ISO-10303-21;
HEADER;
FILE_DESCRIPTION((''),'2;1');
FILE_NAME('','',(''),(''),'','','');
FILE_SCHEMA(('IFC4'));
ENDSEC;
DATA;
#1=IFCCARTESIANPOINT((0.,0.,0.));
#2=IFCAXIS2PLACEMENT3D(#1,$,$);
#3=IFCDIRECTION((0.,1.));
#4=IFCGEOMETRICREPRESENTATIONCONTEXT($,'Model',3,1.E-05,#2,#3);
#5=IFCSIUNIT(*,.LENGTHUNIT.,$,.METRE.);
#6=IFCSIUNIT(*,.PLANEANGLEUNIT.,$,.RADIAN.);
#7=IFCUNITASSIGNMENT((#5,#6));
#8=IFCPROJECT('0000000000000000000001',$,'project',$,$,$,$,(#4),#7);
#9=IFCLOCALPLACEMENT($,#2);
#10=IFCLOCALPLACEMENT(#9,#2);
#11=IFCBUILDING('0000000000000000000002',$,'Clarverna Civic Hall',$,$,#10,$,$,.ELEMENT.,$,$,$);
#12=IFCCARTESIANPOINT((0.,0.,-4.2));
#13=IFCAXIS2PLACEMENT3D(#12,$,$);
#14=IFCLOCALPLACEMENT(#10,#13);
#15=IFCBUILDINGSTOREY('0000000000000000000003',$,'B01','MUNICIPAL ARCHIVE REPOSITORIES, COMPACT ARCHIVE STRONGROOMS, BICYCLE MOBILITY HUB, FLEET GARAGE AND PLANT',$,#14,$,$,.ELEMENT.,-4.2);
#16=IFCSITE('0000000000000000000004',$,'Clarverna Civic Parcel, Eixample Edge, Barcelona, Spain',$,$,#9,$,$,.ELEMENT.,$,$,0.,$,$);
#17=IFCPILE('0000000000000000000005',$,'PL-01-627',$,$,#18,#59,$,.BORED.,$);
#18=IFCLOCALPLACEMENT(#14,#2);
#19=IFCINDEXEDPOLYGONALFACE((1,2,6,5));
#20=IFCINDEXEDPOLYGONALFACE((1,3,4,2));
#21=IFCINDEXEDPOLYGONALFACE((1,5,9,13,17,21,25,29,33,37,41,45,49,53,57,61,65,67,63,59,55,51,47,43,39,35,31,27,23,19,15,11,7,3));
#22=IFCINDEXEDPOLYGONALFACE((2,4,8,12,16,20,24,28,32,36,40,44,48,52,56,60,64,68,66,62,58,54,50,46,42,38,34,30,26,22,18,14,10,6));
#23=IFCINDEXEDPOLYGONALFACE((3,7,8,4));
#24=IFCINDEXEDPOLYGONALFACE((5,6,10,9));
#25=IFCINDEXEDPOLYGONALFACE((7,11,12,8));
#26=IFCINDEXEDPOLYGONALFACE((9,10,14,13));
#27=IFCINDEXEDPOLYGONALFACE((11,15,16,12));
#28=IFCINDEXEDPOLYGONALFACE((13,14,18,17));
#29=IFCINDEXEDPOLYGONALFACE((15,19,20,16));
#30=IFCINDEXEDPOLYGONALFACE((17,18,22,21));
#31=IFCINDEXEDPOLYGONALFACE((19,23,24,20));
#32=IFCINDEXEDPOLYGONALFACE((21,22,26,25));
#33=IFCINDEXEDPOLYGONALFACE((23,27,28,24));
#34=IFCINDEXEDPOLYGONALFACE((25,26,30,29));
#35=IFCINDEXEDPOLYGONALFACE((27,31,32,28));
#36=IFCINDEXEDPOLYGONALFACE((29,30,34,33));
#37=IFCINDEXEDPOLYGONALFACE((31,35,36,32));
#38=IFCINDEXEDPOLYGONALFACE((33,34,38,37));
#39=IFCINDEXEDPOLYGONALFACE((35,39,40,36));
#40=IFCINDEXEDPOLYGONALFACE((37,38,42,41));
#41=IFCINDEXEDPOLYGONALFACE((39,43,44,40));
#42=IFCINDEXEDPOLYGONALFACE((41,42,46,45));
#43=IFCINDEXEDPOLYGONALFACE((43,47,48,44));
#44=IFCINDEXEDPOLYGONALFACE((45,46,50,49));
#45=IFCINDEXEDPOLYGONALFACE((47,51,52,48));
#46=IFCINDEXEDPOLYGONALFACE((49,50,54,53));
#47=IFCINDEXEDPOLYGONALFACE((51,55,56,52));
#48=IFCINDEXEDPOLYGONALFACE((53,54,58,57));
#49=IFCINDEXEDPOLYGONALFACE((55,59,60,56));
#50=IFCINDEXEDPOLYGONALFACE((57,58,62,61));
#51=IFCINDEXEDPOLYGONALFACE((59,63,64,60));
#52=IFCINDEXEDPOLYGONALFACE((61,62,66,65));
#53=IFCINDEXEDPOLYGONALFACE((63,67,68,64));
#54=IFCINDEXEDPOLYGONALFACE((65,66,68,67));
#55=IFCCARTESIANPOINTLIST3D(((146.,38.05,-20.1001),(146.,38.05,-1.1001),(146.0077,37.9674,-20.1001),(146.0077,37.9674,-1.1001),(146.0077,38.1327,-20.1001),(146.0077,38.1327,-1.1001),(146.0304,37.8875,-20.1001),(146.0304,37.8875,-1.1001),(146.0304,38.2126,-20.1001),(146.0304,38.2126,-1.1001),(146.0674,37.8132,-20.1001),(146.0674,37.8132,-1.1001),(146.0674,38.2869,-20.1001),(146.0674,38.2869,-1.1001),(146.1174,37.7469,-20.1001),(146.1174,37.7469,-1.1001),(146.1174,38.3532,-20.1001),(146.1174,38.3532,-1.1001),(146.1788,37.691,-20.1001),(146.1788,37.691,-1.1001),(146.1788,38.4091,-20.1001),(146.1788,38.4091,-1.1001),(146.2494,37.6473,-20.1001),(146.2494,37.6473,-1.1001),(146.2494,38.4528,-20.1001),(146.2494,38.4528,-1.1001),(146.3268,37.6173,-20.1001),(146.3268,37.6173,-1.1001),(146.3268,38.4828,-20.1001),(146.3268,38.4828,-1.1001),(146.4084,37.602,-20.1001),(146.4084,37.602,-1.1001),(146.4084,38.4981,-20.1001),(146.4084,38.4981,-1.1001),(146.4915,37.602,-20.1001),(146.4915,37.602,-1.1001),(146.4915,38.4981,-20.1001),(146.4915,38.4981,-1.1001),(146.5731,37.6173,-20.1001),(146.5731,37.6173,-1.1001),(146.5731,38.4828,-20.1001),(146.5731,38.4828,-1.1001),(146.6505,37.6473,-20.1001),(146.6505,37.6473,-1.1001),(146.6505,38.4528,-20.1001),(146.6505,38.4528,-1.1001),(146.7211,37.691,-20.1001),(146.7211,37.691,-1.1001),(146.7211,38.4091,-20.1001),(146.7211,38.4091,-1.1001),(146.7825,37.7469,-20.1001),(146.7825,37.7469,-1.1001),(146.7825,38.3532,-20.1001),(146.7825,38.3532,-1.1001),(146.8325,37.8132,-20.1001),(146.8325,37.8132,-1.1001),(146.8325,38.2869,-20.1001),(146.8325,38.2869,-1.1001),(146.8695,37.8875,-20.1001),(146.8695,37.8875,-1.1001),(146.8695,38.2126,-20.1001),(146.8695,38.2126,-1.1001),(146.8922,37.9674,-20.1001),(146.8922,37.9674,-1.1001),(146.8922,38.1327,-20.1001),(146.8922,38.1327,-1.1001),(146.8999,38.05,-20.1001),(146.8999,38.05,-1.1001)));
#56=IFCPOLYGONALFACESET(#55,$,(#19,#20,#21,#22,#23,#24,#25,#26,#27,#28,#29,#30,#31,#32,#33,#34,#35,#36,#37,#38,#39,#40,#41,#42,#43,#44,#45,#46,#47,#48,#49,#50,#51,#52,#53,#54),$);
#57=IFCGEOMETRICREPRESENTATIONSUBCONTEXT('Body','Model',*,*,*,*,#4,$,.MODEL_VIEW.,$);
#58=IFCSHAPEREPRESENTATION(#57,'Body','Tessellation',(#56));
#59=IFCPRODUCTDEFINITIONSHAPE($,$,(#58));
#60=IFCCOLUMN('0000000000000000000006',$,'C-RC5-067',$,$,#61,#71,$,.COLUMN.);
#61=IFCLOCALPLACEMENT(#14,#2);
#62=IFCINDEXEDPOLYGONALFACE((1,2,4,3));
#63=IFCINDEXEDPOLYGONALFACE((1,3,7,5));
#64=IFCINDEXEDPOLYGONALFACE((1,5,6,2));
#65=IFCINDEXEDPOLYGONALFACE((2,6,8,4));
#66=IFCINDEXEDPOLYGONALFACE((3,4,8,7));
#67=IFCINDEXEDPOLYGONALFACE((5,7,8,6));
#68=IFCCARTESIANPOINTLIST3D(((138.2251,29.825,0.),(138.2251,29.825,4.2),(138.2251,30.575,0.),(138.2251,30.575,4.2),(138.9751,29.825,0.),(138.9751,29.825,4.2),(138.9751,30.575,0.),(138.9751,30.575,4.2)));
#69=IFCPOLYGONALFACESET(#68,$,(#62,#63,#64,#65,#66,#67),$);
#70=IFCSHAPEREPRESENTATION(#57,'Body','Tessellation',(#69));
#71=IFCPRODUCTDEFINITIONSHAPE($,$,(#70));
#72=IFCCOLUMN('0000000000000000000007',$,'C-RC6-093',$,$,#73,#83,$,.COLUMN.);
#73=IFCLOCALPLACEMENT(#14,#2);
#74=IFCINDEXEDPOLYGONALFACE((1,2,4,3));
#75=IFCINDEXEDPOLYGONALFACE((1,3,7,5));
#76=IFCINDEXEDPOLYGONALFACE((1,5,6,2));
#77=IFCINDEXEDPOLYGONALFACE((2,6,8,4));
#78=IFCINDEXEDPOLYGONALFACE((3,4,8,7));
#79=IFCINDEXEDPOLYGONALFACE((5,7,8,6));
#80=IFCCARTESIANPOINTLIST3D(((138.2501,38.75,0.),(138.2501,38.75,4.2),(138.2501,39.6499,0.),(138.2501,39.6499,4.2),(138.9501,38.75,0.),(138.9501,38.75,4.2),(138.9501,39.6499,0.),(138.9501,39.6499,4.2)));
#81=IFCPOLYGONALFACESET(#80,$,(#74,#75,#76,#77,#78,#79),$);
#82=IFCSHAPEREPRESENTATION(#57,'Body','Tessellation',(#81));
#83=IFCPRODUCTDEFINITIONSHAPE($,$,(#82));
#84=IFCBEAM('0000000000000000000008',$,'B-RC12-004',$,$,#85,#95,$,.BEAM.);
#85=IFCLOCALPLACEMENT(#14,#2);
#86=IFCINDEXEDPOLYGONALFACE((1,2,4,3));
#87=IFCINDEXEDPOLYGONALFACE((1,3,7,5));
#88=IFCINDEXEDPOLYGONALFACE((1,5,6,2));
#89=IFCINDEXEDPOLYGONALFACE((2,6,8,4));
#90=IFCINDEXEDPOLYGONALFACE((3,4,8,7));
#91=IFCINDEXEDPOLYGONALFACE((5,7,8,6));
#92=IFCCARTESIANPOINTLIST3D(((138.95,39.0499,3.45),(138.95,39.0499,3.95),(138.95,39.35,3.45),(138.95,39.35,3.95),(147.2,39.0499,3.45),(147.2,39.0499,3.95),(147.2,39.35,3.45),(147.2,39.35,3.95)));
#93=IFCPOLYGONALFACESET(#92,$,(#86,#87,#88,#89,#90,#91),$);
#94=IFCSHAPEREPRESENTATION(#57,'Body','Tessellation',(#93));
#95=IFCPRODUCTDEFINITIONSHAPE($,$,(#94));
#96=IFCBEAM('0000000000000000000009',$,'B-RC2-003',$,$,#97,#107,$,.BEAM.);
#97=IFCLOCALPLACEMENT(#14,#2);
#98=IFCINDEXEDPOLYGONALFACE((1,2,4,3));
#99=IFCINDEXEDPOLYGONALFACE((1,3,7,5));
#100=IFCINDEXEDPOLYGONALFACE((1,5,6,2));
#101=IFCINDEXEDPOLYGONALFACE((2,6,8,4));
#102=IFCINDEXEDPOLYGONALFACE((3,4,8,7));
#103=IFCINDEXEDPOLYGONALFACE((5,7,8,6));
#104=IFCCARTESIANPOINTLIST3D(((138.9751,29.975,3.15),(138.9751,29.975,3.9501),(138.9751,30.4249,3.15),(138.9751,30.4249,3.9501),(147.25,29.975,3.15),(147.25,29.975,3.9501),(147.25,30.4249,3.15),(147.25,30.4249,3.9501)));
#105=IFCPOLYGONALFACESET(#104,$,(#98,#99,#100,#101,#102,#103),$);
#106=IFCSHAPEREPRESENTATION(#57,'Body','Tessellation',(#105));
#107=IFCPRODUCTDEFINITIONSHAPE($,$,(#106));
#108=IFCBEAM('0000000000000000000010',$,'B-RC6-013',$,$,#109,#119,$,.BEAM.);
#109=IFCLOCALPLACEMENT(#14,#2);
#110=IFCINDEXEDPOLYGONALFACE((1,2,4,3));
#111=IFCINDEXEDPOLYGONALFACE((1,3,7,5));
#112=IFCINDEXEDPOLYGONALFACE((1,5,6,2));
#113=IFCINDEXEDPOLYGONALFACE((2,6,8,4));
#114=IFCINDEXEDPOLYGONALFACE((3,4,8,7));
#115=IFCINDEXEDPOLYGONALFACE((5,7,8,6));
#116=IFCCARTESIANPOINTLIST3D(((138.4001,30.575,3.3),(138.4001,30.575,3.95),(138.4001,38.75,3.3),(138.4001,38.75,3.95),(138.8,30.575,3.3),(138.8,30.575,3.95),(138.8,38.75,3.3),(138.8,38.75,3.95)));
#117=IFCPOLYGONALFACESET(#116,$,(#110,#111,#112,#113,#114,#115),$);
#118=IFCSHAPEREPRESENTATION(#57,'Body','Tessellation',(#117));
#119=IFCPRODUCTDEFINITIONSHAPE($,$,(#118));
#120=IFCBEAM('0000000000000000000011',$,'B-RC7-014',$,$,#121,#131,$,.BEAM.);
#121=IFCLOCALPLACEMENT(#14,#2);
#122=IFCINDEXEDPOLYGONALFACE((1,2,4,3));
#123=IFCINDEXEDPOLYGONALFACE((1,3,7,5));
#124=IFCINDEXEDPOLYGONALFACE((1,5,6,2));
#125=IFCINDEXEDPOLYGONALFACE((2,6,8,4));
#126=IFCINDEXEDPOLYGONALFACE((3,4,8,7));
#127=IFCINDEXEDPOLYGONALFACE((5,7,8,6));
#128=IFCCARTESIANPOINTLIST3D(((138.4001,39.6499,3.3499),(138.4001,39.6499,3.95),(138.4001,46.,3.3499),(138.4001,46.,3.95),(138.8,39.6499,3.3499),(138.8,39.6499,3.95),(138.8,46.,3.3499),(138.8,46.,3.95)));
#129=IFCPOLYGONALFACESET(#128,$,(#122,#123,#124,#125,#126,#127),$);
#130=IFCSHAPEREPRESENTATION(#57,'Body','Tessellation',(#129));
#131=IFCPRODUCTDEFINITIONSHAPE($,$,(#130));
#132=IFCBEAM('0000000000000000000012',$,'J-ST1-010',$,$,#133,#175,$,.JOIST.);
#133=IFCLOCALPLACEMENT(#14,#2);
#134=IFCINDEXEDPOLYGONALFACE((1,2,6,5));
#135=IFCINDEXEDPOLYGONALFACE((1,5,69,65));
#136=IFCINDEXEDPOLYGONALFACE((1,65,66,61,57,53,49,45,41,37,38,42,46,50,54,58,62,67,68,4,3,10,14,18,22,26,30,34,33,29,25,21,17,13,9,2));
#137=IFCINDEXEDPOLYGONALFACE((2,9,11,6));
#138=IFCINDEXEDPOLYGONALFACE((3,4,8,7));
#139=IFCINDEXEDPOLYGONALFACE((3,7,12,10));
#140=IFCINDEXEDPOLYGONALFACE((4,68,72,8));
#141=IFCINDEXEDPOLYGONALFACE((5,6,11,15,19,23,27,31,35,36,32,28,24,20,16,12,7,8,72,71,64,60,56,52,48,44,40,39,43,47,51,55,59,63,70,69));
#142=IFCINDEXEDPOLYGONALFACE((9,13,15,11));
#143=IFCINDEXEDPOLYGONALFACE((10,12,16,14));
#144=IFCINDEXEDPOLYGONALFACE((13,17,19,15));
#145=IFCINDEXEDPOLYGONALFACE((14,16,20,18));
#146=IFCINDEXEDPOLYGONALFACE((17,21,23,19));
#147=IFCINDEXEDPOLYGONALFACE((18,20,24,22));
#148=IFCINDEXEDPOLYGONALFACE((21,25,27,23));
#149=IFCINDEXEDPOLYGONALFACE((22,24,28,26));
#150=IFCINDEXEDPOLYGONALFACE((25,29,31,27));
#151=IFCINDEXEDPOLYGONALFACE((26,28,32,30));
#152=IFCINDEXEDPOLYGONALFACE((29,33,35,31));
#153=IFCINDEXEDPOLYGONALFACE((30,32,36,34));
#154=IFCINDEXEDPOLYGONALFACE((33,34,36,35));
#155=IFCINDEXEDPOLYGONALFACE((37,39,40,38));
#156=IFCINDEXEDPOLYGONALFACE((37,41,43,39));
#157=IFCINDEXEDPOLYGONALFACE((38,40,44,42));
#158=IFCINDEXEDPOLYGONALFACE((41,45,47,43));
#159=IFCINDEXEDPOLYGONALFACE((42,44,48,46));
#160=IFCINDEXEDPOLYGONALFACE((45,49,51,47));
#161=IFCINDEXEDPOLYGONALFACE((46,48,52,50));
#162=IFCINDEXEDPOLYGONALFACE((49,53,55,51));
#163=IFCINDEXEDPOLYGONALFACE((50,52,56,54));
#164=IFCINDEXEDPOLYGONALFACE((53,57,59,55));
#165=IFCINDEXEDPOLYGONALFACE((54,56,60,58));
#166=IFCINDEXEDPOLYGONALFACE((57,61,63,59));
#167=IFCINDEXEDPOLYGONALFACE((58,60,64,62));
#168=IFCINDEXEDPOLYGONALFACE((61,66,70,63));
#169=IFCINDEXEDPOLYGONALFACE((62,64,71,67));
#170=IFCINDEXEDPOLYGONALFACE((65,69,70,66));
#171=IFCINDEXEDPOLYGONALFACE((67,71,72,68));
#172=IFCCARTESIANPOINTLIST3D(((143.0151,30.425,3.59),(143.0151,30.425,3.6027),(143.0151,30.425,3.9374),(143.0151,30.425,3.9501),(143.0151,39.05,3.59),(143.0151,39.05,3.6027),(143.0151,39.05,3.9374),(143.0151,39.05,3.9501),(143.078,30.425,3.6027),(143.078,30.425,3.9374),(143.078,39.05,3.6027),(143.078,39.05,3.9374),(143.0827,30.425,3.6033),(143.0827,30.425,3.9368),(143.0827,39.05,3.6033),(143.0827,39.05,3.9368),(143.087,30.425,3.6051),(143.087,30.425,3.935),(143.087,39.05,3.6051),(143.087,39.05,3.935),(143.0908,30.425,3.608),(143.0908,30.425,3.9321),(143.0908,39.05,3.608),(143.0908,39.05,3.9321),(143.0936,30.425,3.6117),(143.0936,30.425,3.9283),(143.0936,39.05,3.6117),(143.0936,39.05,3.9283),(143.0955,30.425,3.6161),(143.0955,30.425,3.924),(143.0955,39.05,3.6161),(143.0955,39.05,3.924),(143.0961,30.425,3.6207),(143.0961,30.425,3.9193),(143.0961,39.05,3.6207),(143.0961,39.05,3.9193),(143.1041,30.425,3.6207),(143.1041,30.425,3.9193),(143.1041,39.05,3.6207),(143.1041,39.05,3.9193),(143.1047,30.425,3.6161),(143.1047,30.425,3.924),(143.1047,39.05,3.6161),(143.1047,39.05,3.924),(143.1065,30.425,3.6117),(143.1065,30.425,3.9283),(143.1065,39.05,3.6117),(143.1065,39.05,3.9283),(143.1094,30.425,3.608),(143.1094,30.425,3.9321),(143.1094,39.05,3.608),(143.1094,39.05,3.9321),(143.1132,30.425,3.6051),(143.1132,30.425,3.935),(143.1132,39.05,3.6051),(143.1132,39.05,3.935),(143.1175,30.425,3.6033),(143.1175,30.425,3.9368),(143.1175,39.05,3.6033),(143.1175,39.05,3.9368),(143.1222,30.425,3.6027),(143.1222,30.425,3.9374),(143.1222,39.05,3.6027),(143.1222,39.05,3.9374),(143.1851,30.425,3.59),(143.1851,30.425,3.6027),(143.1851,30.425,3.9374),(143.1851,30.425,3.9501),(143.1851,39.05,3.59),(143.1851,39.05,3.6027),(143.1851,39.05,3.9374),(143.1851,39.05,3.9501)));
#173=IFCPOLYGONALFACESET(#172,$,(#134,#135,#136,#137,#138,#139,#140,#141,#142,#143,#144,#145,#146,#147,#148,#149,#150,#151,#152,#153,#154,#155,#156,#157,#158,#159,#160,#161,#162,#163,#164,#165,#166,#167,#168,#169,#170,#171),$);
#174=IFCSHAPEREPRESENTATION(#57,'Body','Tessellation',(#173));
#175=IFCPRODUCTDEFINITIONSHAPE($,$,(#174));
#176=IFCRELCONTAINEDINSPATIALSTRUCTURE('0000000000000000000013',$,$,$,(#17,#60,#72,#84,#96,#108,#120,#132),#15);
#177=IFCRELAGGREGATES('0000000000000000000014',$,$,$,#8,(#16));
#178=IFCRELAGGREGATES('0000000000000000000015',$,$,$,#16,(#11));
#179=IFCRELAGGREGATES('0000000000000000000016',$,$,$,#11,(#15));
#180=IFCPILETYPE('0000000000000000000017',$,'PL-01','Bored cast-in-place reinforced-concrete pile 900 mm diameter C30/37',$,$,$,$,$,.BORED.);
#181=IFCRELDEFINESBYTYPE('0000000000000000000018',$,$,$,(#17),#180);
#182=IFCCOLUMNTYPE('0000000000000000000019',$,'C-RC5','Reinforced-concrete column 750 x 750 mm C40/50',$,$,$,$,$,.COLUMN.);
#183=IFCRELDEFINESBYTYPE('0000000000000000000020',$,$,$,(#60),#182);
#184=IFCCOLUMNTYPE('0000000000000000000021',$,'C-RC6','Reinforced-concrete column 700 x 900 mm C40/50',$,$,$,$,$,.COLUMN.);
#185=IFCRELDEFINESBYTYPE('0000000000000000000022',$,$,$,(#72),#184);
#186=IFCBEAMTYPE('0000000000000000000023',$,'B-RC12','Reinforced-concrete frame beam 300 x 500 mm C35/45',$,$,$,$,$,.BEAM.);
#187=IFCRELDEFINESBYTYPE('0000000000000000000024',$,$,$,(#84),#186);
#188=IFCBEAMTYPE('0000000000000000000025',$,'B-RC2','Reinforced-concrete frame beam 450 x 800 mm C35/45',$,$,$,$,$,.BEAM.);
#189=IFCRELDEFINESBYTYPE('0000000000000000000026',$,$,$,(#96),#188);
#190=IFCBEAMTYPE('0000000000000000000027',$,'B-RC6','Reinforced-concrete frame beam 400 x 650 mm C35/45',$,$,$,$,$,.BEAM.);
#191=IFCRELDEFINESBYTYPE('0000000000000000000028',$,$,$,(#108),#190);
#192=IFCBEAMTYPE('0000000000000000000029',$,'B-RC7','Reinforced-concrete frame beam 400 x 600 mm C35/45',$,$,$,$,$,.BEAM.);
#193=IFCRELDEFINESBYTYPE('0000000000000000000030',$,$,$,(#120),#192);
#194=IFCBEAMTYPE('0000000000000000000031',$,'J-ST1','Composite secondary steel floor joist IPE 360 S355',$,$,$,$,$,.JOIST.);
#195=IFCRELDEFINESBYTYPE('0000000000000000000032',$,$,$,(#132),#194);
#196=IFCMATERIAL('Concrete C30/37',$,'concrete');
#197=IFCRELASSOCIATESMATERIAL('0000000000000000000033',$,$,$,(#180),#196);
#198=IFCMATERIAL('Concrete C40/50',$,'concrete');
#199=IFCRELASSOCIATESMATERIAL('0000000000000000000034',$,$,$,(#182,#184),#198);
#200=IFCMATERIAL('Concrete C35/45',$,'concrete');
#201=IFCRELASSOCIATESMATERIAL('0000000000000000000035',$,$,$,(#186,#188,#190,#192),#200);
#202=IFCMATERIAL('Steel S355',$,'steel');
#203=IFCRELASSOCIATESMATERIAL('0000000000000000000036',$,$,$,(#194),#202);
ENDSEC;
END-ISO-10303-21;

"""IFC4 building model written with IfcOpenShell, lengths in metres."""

from ifc_helpers import new_model, si_unit, direction, frame, origin, origin_2d, place, context, subcontext, project, spatial, rectangle, circle, i_section, extrude, material, material_profile, profile_set, type_object, element, save


model = new_model("IFC4")

# Units and contexts
model_context = context("Model", 3, precision=1e-05, world=origin(), true_north=direction((0.0, 1.0)))
body_context = subcontext(model_context, "Body", "Model", "MODEL_VIEW")
ifc_project = project(units=[si_unit("LENGTHUNIT", "METRE"), si_unit("PLANEANGLEUNIT", "RADIAN")], contexts=[model_context])

# Site, building, storey
site_placement = place(None, origin())
site = spatial("IfcSite", under=ifc_project, at=site_placement, Name="Clarverna Civic Parcel, Eixample Edge, Barcelona, Spain", CompositionType="ELEMENT", RefElevation=0.0)
building_placement = place(site_placement, origin())
building = spatial("IfcBuilding", under=site, at=building_placement, Name="Clarverna Civic Hall", CompositionType="ELEMENT")
storey_placement = place(building_placement, frame((0.0, 0.0, -4.2)))
storey = spatial("IfcBuildingStorey", under=building, at=storey_placement, Name="B01", Description="MUNICIPAL ARCHIVE REPOSITORIES, COMPACT ARCHIVE STRONGROOMS, BICYCLE MOBILITY HUB, FLEET GARAGE AND PLANT", CompositionType="ELEMENT", Elevation=-4.2)

# Shared definitions
ifc_material_1 = material(Name="Concrete C30/37", Category="concrete")

# Pile
ifc_material_profile_1 = material_profile(ifc_material_1, circle(Radius=0.45, at=origin_2d()), Name="BORED PILE D900")
ifc_profile_set_1 = profile_set([ifc_material_profile_1], Name="Concrete C30/37")
pile_type = type_object("IfcPileType", Name="PL-01", Description="Bored cast-in-place reinforced-concrete pile 900 mm diameter C30/37", PredefinedType="BORED", material=ifc_profile_set_1)
for number, where, z_axis, x_axis, name in (
    (1, (146.45, 38.05, -1.1001), (0.0, 0.0, -1.0), (1.0, 0.0, 0.0), "PL-01-627"),
):
    element("IfcPile", number, at=place(storey_placement, frame(where, z_axis=z_axis, x_axis=x_axis)), inside=storey, type_object=pile_type, Name=name, PredefinedType="BORED", context=body_context, shape_type="SweptSolid", body=[
        extrude(circle(Radius=0.45, at=origin_2d()), origin(), (0.0, 0.0, 1.0), 19.0),
    ])

# Columns
ifc_material_2 = material(Name="Concrete C40/50", Category="concrete")
ifc_material_profile_2 = material_profile(ifc_material_2, rectangle(XDim=0.75, YDim=0.75, at=origin_2d()), Name="RC 750x750")
ifc_profile_set_2 = profile_set([ifc_material_profile_2], Name="Concrete C40/50")
column_type_1 = type_object("IfcColumnType", Name="C-RC5", Description="Reinforced-concrete column 750 x 750 mm C40/50", PredefinedType="COLUMN", material=ifc_profile_set_2)
column_1_placement = place(storey_placement, frame((138.6001, 30.2, 0.0), z_axis=(0.0, 0.0, 1.0), x_axis=(1.0, 0.0, 0.0)))
element("IfcColumn", 2, at=column_1_placement, inside=storey, type_object=column_type_1, Name="C-RC5-067", PredefinedType="COLUMN", context=body_context, shape_type="SweptSolid", body=[
    extrude(rectangle(XDim=0.75, YDim=0.75, at=origin_2d()), origin(), (0.0, 0.0, 1.0), 4.2),
])
ifc_material_profile_3 = material_profile(ifc_material_2, rectangle(XDim=0.7, YDim=0.8999, at=origin_2d()), Name="RC 700x900")
ifc_profile_set_3 = profile_set([ifc_material_profile_3], Name="Concrete C40/50")
column_type_2 = type_object("IfcColumnType", Name="C-RC6", Description="Reinforced-concrete column 700 x 900 mm C40/50", PredefinedType="COLUMN", material=ifc_profile_set_3)
column_2_placement = place(storey_placement, frame((138.6001, 39.2, 0.0), z_axis=(0.0, 0.0, 1.0), x_axis=(1.0, 0.0, 0.0)))
element("IfcColumn", 3, at=column_2_placement, inside=storey, type_object=column_type_2, Name="C-RC6-093", PredefinedType="COLUMN", context=body_context, shape_type="SweptSolid", body=[
    extrude(rectangle(XDim=0.7, YDim=0.8999, at=origin_2d()), origin(), (0.0, 0.0, 1.0), 4.2),
])

# Beams
ifc_material_3 = material(Name="Concrete C35/45", Category="concrete")
ifc_material_profile_4 = material_profile(ifc_material_3, rectangle(XDim=0.3, YDim=0.5, at=origin_2d()), Name="RC 300x500")
ifc_profile_set_4 = profile_set([ifc_material_profile_4], Name="Concrete C35/45")
beam_type_1 = type_object("IfcBeamType", Name="B-RC12", Description="Reinforced-concrete frame beam 300 x 500 mm C35/45", PredefinedType="BEAM", material=ifc_profile_set_4)
beam_1_placement = place(storey_placement, frame((138.95, 39.2, 3.7), z_axis=(1.0, 0.0, 0.0), x_axis=(0.0, 1.0, 0.0)))
element("IfcBeam", 4, at=beam_1_placement, inside=storey, type_object=beam_type_1, Name="B-RC12-004", PredefinedType="BEAM", context=body_context, shape_type="SweptSolid", body=[
    extrude(rectangle(XDim=0.3, YDim=0.5, at=origin_2d()), origin(), (0.0, 0.0, 1.0), 8.25),
])
ifc_material_profile_5 = material_profile(ifc_material_3, rectangle(XDim=0.45, YDim=0.8, at=origin_2d()), Name="RC 450x800")
ifc_profile_set_5 = profile_set([ifc_material_profile_5], Name="Concrete C35/45")
beam_type_2 = type_object("IfcBeamType", Name="B-RC2", Description="Reinforced-concrete frame beam 450 x 800 mm C35/45", PredefinedType="BEAM", material=ifc_profile_set_5)
beam_2_placement = place(storey_placement, frame((138.9751, 30.2, 3.55), z_axis=(1.0, 0.0, 0.0), x_axis=(0.0, 1.0, 0.0)))
element("IfcBeam", 5, at=beam_2_placement, inside=storey, type_object=beam_type_2, Name="B-RC2-003", PredefinedType="BEAM", context=body_context, shape_type="SweptSolid", body=[
    extrude(rectangle(XDim=0.45, YDim=0.8, at=origin_2d()), origin(), (0.0, 0.0, 1.0), 8.2749),
])
ifc_material_profile_6 = material_profile(ifc_material_3, rectangle(XDim=0.3999, YDim=0.6499, at=origin_2d()), Name="RC 400x650")
ifc_profile_set_6 = profile_set([ifc_material_profile_6], Name="Concrete C35/45")
beam_type_3 = type_object("IfcBeamType", Name="B-RC6", Description="Reinforced-concrete frame beam 400 x 650 mm C35/45", PredefinedType="BEAM", material=ifc_profile_set_6)
beam_3_placement = place(storey_placement, frame((138.6001, 30.575, 3.625), z_axis=(0.0, 1.0, 0.0), x_axis=(-1.0, 0.0, 0.0)))
element("IfcBeam", 6, at=beam_3_placement, inside=storey, type_object=beam_type_3, Name="B-RC6-013", PredefinedType="BEAM", context=body_context, shape_type="SweptSolid", body=[
    extrude(rectangle(XDim=0.3999, YDim=0.6499, at=origin_2d()), origin(), (0.0, 0.0, 1.0), 8.175),
])
ifc_material_profile_7 = material_profile(ifc_material_3, rectangle(XDim=0.3999, YDim=0.6001, at=origin_2d()), Name="RC 400x600")
ifc_profile_set_7 = profile_set([ifc_material_profile_7], Name="Concrete C35/45")
beam_type_4 = type_object("IfcBeamType", Name="B-RC7", Description="Reinforced-concrete frame beam 400 x 600 mm C35/45", PredefinedType="BEAM", material=ifc_profile_set_7)
beam_4_placement = place(storey_placement, frame((138.6001, 39.6499, 3.6499), z_axis=(0.0, 1.0, 0.0), x_axis=(-1.0, 0.0, 0.0)))
element("IfcBeam", 7, at=beam_4_placement, inside=storey, type_object=beam_type_4, Name="B-RC7-014", PredefinedType="BEAM", context=body_context, shape_type="SweptSolid", body=[
    extrude(rectangle(XDim=0.3999, YDim=0.6001, at=origin_2d()), origin(), (0.0, 0.0, 1.0), 6.3501),
])
ifc_material_4 = material(Name="Steel S355", Category="steel")
ifc_material_profile_8 = material_profile(ifc_material_4, i_section(OverallWidth=0.1699, OverallDepth=0.3601, WebThickness=0.0081, FlangeThickness=0.0127, FilletRadius=0.0181, at=origin_2d()), Name="IPE 360")
ifc_profile_set_8 = profile_set([ifc_material_profile_8], Name="Steel S355")
beam_type_5 = type_object("IfcBeamType", Name="J-ST1", Description="Composite secondary steel floor joist IPE 360 S355", PredefinedType="JOIST", material=ifc_profile_set_8)
beam_5_placement = place(storey_placement, frame((143.1001, 30.425, 3.77), z_axis=(0.0, 1.0, 0.0), x_axis=(-1.0, 0.0, 0.0)))
element("IfcBeam", 8, at=beam_5_placement, inside=storey, type_object=beam_type_5, Name="J-ST1-010", PredefinedType="JOIST", context=body_context, shape_type="SweptSolid", body=[
    extrude(i_section(OverallWidth=0.1699, OverallDepth=0.3601, WebThickness=0.0081, FlangeThickness=0.0127, FilletRadius=0.0181, at=origin_2d()), origin(), (0.0, 0.0, 1.0), 8.625),
])

save(model, "model.ifc")
